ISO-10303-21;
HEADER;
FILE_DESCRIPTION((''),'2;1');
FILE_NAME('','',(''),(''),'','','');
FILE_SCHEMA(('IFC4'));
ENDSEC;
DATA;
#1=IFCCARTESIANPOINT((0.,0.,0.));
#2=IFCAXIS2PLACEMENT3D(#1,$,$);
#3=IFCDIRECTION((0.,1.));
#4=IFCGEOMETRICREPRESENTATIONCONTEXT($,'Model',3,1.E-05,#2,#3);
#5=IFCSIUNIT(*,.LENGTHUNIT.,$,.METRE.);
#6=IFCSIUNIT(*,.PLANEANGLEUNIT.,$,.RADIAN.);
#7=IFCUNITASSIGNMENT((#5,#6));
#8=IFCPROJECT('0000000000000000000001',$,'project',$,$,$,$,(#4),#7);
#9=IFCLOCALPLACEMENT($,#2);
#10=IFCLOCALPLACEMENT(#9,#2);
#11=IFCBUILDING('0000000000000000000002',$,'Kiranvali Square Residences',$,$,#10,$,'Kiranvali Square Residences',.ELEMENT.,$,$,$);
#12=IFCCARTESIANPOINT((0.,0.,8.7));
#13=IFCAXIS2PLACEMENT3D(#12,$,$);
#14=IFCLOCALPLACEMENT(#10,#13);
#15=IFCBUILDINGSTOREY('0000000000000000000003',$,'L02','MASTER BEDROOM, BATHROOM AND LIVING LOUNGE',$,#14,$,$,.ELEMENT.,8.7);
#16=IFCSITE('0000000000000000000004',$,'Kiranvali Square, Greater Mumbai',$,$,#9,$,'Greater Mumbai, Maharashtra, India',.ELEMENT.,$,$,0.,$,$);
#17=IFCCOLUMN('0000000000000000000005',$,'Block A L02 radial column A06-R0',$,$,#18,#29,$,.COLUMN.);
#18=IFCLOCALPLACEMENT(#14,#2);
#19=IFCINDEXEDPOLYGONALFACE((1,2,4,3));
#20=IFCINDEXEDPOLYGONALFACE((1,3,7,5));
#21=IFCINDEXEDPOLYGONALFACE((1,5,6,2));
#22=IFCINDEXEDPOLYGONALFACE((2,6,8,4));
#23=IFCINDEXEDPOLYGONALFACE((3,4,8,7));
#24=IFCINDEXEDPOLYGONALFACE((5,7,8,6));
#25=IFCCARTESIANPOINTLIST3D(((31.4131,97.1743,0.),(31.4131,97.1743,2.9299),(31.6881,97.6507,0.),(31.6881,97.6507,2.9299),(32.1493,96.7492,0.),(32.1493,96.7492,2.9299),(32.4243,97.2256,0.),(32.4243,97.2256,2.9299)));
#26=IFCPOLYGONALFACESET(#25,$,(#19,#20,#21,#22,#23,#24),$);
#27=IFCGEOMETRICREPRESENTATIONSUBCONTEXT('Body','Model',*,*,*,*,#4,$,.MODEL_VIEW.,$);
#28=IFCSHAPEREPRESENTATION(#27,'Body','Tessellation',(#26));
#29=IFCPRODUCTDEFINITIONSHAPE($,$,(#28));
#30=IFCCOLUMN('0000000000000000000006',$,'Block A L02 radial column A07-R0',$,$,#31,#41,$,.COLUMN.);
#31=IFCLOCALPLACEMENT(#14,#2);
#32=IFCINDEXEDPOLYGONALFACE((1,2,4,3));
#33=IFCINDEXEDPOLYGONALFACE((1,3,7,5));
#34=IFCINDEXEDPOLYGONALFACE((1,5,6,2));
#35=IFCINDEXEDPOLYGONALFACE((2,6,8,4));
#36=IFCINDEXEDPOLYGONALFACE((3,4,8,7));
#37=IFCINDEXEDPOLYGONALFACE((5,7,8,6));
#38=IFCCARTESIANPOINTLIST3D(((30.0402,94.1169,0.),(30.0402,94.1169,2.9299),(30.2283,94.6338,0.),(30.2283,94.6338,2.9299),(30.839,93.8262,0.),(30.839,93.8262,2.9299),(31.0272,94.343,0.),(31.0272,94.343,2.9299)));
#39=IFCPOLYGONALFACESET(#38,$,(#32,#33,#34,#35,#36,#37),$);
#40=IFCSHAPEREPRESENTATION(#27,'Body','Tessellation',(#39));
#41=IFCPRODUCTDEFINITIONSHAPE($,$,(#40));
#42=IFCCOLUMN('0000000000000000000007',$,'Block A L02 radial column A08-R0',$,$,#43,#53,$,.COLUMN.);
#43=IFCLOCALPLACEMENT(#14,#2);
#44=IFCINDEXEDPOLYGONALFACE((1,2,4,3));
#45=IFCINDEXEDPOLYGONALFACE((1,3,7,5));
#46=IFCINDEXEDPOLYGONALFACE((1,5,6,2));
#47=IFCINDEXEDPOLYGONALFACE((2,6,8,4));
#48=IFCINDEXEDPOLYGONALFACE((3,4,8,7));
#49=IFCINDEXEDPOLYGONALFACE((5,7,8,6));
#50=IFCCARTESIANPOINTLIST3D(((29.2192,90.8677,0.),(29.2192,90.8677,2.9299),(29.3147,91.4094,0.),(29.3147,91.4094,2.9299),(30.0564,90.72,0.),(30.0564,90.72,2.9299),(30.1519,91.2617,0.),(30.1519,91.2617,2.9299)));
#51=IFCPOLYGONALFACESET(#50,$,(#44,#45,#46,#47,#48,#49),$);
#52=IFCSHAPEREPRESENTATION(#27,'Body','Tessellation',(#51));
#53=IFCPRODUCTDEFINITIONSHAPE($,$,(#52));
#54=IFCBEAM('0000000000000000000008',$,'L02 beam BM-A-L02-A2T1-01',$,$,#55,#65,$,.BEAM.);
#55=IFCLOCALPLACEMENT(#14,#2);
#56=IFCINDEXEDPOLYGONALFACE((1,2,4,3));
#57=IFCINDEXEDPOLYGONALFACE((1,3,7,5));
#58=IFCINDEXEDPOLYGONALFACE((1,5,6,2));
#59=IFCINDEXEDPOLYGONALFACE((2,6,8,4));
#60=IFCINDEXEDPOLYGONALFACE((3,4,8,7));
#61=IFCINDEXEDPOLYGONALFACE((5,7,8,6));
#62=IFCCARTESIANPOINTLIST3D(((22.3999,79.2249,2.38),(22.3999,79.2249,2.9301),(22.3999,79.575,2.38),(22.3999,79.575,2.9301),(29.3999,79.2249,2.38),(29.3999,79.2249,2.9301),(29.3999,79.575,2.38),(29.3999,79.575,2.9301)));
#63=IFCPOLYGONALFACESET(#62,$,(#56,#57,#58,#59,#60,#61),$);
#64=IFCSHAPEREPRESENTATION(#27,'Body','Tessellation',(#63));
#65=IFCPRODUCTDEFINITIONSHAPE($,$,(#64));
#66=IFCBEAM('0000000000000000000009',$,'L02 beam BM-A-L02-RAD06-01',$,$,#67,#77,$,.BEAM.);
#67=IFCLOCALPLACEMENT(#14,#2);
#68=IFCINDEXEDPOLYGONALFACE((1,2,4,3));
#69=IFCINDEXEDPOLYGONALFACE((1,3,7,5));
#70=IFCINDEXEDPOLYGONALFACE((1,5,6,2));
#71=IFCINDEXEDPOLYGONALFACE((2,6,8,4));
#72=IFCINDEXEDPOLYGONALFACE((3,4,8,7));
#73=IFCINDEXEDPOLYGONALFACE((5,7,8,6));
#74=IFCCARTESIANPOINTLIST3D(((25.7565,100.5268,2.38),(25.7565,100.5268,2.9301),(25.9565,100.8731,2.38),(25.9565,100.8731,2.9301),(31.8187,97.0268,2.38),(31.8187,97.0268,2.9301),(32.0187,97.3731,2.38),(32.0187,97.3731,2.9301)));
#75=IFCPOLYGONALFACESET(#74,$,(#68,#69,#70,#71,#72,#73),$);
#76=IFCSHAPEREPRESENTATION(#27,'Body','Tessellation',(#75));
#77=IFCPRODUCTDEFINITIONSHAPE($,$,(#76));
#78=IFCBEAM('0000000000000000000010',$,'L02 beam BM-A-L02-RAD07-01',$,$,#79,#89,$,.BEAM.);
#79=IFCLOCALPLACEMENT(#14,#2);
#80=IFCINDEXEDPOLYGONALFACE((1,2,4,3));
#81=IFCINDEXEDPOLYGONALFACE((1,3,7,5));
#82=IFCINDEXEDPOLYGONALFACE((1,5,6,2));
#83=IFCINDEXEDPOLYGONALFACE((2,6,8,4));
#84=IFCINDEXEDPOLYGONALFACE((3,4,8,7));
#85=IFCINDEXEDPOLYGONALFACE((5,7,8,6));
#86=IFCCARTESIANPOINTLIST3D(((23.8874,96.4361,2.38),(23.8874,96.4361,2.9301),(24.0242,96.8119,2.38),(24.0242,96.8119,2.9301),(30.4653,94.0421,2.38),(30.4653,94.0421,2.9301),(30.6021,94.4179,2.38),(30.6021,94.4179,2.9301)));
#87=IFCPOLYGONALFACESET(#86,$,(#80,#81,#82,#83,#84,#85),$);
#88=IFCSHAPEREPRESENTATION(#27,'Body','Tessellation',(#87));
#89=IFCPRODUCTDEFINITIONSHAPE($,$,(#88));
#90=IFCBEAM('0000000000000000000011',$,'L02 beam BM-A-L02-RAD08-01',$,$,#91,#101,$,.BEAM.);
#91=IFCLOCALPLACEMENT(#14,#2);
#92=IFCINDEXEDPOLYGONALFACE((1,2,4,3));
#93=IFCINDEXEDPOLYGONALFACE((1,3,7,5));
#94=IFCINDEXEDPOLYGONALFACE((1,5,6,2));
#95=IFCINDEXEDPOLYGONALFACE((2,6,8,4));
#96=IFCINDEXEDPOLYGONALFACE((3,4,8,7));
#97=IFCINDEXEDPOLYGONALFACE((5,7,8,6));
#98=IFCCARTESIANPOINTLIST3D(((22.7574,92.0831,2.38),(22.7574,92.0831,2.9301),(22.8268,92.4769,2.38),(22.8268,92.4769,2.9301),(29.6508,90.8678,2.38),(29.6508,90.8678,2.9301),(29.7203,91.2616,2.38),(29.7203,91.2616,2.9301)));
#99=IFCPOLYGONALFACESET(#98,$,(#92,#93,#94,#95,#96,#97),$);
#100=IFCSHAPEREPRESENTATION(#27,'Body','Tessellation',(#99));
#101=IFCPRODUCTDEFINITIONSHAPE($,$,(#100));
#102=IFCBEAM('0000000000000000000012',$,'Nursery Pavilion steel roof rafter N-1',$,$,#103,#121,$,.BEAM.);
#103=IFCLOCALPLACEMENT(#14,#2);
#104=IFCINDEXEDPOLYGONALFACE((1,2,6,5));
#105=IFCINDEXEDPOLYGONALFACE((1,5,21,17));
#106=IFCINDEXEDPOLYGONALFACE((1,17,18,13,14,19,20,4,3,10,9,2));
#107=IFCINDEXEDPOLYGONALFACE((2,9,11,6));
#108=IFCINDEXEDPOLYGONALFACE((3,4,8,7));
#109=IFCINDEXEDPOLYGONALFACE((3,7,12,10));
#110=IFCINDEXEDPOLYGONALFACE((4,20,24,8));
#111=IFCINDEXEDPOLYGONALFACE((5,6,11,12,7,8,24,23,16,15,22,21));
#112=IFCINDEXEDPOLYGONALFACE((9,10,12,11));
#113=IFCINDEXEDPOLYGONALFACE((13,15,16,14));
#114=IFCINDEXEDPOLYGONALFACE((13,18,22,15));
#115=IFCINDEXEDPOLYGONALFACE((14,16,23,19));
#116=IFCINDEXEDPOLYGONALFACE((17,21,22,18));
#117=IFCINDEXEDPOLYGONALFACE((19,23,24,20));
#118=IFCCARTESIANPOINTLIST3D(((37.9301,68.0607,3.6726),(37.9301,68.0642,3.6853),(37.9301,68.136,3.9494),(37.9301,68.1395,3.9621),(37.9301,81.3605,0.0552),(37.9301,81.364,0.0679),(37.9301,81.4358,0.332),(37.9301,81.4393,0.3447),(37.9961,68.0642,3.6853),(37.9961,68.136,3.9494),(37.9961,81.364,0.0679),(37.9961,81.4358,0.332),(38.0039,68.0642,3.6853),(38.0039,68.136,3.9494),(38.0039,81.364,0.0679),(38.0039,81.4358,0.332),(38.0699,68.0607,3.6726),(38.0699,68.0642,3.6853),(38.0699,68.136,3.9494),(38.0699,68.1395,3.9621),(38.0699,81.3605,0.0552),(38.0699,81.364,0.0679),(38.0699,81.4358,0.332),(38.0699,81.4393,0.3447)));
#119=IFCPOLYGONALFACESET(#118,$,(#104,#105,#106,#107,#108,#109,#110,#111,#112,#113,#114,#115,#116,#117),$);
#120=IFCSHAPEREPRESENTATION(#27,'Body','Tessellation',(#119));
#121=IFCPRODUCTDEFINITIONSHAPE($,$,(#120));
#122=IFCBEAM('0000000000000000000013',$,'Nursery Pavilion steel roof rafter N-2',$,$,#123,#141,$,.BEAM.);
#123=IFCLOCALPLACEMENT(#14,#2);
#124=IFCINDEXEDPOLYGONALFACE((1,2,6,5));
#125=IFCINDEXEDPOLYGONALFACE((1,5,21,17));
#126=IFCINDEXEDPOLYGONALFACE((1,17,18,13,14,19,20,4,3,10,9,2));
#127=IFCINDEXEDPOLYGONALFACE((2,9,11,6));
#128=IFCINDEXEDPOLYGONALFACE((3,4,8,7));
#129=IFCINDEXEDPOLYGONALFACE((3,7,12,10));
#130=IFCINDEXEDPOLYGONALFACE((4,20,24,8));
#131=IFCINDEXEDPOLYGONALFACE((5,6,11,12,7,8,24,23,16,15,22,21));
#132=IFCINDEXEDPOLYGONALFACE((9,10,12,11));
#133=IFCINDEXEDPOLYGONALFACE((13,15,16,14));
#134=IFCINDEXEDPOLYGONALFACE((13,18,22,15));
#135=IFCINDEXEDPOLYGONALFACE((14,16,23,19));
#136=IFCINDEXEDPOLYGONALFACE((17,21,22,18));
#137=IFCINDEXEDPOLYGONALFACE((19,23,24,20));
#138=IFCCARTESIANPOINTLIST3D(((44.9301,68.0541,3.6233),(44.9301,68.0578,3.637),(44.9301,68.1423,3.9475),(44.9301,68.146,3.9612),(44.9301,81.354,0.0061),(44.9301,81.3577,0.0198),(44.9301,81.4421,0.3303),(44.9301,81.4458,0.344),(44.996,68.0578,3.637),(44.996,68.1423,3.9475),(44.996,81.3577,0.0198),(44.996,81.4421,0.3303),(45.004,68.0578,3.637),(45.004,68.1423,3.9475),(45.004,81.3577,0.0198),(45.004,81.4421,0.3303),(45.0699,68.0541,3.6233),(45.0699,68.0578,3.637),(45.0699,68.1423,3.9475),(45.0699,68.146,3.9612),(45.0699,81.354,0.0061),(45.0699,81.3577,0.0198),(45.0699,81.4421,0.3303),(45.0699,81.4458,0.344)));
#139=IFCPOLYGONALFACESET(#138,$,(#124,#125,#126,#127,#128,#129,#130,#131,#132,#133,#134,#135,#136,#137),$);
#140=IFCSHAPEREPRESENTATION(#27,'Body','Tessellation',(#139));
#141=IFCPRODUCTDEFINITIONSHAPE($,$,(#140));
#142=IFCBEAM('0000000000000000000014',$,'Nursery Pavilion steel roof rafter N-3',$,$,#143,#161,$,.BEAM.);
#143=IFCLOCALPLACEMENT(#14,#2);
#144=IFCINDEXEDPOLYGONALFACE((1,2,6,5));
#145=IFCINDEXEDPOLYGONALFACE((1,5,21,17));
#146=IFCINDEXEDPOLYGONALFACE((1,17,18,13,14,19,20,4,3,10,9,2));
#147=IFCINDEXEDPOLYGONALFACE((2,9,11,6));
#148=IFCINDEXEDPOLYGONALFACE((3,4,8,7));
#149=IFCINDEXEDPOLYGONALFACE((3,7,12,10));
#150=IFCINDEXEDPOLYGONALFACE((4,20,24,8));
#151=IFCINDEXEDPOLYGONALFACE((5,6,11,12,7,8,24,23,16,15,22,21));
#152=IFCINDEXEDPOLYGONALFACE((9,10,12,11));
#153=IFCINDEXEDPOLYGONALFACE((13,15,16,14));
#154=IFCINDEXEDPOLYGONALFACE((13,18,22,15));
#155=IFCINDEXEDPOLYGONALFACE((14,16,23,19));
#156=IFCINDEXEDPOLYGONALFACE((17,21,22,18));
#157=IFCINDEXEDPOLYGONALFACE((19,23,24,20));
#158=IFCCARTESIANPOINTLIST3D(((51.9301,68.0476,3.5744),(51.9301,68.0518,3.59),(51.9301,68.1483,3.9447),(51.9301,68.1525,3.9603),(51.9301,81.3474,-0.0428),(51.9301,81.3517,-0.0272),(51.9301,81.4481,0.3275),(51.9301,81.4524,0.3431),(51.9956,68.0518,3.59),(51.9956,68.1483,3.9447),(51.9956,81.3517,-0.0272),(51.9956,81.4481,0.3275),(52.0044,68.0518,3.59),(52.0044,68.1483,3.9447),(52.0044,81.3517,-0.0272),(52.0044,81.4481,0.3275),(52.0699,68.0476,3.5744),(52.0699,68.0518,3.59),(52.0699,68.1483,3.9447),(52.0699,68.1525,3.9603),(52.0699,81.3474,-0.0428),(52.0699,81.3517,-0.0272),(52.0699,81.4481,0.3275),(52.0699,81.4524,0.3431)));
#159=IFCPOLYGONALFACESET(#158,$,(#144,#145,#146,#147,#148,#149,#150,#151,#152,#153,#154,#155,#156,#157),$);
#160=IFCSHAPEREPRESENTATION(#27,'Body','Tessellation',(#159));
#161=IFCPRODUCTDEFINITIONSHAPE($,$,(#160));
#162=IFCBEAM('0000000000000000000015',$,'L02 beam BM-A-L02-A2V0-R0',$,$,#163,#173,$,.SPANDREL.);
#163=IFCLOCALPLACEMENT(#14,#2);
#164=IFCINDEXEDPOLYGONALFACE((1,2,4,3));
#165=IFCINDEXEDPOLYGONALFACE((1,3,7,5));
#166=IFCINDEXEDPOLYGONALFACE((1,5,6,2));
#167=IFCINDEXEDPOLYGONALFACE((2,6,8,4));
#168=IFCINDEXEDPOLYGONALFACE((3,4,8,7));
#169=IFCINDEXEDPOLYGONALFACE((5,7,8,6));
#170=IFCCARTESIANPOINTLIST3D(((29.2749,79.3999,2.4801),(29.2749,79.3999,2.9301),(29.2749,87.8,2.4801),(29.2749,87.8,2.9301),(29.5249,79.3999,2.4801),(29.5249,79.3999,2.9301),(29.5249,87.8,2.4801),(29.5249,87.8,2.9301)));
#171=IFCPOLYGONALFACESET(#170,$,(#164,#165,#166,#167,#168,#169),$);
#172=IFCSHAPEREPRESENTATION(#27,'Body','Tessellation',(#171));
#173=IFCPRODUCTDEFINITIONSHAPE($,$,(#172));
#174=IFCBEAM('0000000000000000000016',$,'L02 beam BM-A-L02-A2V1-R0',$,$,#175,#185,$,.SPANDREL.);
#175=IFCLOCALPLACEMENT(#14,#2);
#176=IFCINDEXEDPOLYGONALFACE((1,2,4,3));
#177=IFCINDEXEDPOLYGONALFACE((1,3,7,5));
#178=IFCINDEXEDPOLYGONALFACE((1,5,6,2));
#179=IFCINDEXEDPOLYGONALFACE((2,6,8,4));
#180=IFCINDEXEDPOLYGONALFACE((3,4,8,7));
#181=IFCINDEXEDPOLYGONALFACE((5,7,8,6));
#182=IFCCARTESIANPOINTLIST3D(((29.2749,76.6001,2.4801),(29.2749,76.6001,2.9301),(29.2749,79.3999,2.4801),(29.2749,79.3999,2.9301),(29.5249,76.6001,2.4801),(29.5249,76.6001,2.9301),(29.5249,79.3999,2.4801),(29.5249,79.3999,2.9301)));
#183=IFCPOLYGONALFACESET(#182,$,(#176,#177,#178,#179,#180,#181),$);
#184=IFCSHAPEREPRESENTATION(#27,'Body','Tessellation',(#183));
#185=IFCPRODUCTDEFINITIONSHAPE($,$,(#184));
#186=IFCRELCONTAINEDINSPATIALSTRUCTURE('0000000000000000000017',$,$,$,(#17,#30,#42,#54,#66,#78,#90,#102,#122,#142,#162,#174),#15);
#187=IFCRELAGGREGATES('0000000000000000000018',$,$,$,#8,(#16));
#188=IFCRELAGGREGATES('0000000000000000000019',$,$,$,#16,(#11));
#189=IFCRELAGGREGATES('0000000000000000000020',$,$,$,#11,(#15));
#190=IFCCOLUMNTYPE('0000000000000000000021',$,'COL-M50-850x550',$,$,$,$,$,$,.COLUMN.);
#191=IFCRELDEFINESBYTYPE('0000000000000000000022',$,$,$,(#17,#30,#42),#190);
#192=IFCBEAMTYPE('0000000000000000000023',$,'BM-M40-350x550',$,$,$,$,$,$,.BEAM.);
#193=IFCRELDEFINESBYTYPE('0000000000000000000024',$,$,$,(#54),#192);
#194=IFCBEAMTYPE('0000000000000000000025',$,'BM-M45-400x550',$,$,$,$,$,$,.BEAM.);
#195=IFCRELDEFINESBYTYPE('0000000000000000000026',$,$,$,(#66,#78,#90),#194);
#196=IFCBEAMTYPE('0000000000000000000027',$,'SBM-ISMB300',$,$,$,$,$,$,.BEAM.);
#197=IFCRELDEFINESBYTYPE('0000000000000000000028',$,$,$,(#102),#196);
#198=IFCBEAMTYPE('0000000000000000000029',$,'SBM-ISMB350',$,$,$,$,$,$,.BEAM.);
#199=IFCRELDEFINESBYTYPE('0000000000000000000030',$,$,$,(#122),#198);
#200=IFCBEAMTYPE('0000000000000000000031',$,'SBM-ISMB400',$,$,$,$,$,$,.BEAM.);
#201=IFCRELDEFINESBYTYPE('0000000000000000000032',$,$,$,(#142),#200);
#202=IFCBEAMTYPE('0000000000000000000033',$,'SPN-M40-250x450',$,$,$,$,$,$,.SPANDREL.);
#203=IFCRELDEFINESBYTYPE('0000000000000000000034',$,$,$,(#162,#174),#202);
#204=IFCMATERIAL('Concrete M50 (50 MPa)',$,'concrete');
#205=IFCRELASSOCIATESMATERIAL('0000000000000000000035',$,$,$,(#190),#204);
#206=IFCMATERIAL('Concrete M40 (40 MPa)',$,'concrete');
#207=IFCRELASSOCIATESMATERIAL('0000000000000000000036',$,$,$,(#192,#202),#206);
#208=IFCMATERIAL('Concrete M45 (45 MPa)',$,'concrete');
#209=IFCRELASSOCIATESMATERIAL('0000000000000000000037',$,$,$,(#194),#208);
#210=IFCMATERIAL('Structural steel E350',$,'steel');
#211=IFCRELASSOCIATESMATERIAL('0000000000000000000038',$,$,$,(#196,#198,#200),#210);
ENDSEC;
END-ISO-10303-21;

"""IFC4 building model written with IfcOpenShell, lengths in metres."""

from ifc_helpers import new_model, si_unit, direction, frame, origin, origin_2d, place, context, subcontext, project, spatial, rectangle, i_section, extrude, material, material_profile, profile_set, type_object, element, save


model = new_model("IFC4")

# Units and contexts
model_context = context("Model", 3, precision=1e-05, world=origin(), true_north=direction((0.0, 1.0)))
body_context = subcontext(model_context, "Body", "Model", "MODEL_VIEW")
ifc_project = project(units=[si_unit("LENGTHUNIT", "METRE"), si_unit("PLANEANGLEUNIT", "RADIAN")], contexts=[model_context])

# Site, building, storey
site_placement = place(None, origin())
site = spatial("IfcSite", under=ifc_project, at=site_placement, Name="Kiranvali Square, Greater Mumbai", LongName="Greater Mumbai, Maharashtra, India", CompositionType="ELEMENT", RefElevation=0.0)
building_placement = place(site_placement, origin())
building = spatial("IfcBuilding", under=site, at=building_placement, Name="Kiranvali Square Residences", LongName="Kiranvali Square Residences", CompositionType="ELEMENT")
storey_placement = place(building_placement, frame((0.0, 0.0, 8.7)))
storey = spatial("IfcBuildingStorey", under=building, at=storey_placement, Name="L02", Description="MASTER BEDROOM, BATHROOM AND LIVING LOUNGE", CompositionType="ELEMENT", Elevation=8.7)

# Columns
ifc_material_1 = material(Name="Concrete M50 (50 MPa)", Category="concrete")
ifc_material_profile_1 = material_profile(ifc_material_1, rectangle(XDim=0.55, YDim=0.8501, at=origin_2d()), Name="RC 850x550")
ifc_profile_set_1 = profile_set([ifc_material_profile_1], Name="Concrete M50 (50 MPa)")
column_type = type_object("IfcColumnType", Name="COL-M50-850x550", PredefinedType="COLUMN", material=ifc_profile_set_1)
for number, where, z_axis, x_axis, name in (
    (1, (31.9187, 97.2, 0.0), (0.0, 0.0, 1.0), (0.5, 0.866025, 0.0), "Block A L02 radial column A06-R0"),
    (2, (30.5337, 94.23, 0.0), (0.0, 0.0, 1.0), (0.34202, 0.939693, 0.0), "Block A L02 radial column A07-R0"),
    (3, (29.6855, 91.0647, 0.0), (0.0, 0.0, 1.0), (0.173648, 0.984808, 0.0), "Block A L02 radial column A08-R0"),
):
    element("IfcColumn", number, at=place(storey_placement, frame(where, z_axis=z_axis, x_axis=x_axis)), inside=storey, type_object=column_type, Name=name, PredefinedType="COLUMN", context=body_context, shape_type="SweptSolid", body=[
        extrude(rectangle(XDim=0.55, YDim=0.8501, at=origin_2d()), origin(), (0.0, 0.0, 1.0), 2.9299),
    ])

# Beams
ifc_material_2 = material(Name="Concrete M40 (40 MPa)", Category="concrete")
ifc_material_profile_2 = material_profile(ifc_material_2, rectangle(XDim=0.3501, YDim=0.55, at=origin_2d()), Name="RC 350x550")
ifc_profile_set_2 = profile_set([ifc_material_profile_2], Name="Concrete M40 (40 MPa)")
beam_type_1 = type_object("IfcBeamType", Name="BM-M40-350x550", PredefinedType="BEAM", material=ifc_profile_set_2)
beam_1_placement = place(storey_placement, frame((29.3999, 79.3999, 2.655), z_axis=(-1.0, 0.0, 0.0), x_axis=(0.0, -1.0, 0.0)))
element("IfcBeam", 4, at=beam_1_placement, inside=storey, type_object=beam_type_1, Name="L02 beam BM-A-L02-A2T1-01", PredefinedType="BEAM", context=body_context, shape_type="SweptSolid", body=[
    extrude(rectangle(XDim=0.3501, YDim=0.55, at=origin_2d()), origin(), (0.0, 0.0, 1.0), 7.0),
])
ifc_material_3 = material(Name="Concrete M45 (45 MPa)", Category="concrete")
ifc_material_profile_3 = material_profile(ifc_material_3, rectangle(XDim=0.3999, YDim=0.55, at=origin_2d()), Name="RC 400x550")
ifc_profile_set_3 = profile_set([ifc_material_profile_3], Name="Concrete M45 (45 MPa)")
beam_type_2 = type_object("IfcBeamType", Name="BM-M45-400x550", PredefinedType="BEAM", material=ifc_profile_set_3)
for number, where, z_axis, x_axis, name in (
    (5, (31.9187, 97.2, 2.655), (-0.866028, 0.499995, 0.0), (-0.499995, -0.866028, 0.0), "L02 beam BM-A-L02-RAD06-01"),
    (6, (30.5337, 94.23, 2.655), (-0.939698, 0.342006, 0.0), (-0.342006, -0.939698, 0.0), "L02 beam BM-A-L02-RAD07-01"),
):
    element("IfcBeam", number, at=place(storey_placement, frame(where, z_axis=z_axis, x_axis=x_axis)), inside=storey, type_object=beam_type_2, Name=name, PredefinedType="BEAM", context=body_context, shape_type="SweptSolid", body=[
        extrude(rectangle(XDim=0.3999, YDim=0.55, at=origin_2d()), origin(), (0.0, 0.0, 1.0), 7.0),
    ])
beam_2_placement = place(storey_placement, frame((29.6855, 91.0647, 2.655), z_axis=(-0.984812, 0.173622, 0.0), x_axis=(-0.173622, -0.984812, 0.0)))
element("IfcBeam", 7, at=beam_2_placement, inside=storey, type_object=beam_type_2, Name="L02 beam BM-A-L02-RAD08-01", PredefinedType="BEAM", context=body_context, shape_type="SweptSolid", body=[
    extrude(rectangle(XDim=0.3999, YDim=0.55, at=origin_2d()), origin(), (0.0, 0.0, 1.0), 6.9998),
])
ifc_material_4 = material(Name="Structural steel E350", Category="steel")
ifc_material_profile_4 = material_profile(ifc_material_4, i_section(OverallWidth=0.1399, OverallDepth=0.3, WebThickness=0.0078, FlangeThickness=0.0132, at=origin_2d()), Name="ISMB 300")
ifc_profile_set_4 = profile_set([ifc_material_profile_4], Name="Structural steel E350")
beam_type_3 = type_object("IfcBeamType", Name="SBM-ISMB300", PredefinedType="BEAM", material=ifc_profile_set_4)
beam_3_placement = place(storey_placement, frame((38.0, 81.3999, 0.2), z_axis=(0.0, -0.964944, 0.262456), x_axis=(1.0, 0.0, 0.0)))
element("IfcBeam", 8, at=beam_3_placement, inside=storey, type_object=beam_type_3, Name="Nursery Pavilion steel roof rafter N-1", PredefinedType="BEAM", context=body_context, shape_type="SweptSolid", body=[
    extrude(i_section(OverallWidth=0.1399, OverallDepth=0.3, WebThickness=0.0078, FlangeThickness=0.0132, at=origin_2d()), origin(), (0.0, 0.0, 1.0), 13.783),
])
ifc_material_profile_5 = material_profile(ifc_material_4, i_section(OverallWidth=0.1399, OverallDepth=0.3501, WebThickness=0.0081, FlangeThickness=0.0142, at=origin_2d()), Name="ISMB 350")
ifc_profile_set_5 = profile_set([ifc_material_profile_5], Name="Structural steel E350")
beam_type_4 = type_object("IfcBeamType", Name="SBM-ISMB350", PredefinedType="BEAM", material=ifc_profile_set_5)
beam_4_placement = place(storey_placement, frame((45.0, 81.3999, 0.175), z_axis=(0.0, -0.964948, 0.26244), x_axis=(1.0, 0.0, 0.0)))
element("IfcBeam", 9, at=beam_4_placement, inside=storey, type_object=beam_type_4, Name="Nursery Pavilion steel roof rafter N-2", PredefinedType="BEAM", context=body_context, shape_type="SweptSolid", body=[
    extrude(i_section(OverallWidth=0.1399, OverallDepth=0.3501, WebThickness=0.0081, FlangeThickness=0.0142, at=origin_2d()), origin(), (0.0, 0.0, 1.0), 13.783),
])
ifc_material_profile_6 = material_profile(ifc_material_4, i_section(OverallWidth=0.1399, OverallDepth=0.3999, WebThickness=0.0088, FlangeThickness=0.0161, at=origin_2d()), Name="ISMB 400")
ifc_profile_set_6 = profile_set([ifc_material_profile_6], Name="Structural steel E350")
beam_type_5 = type_object("IfcBeamType", Name="SBM-ISMB400", PredefinedType="BEAM", material=ifc_profile_set_6)
beam_5_placement = place(storey_placement, frame((52.0, 81.3999, 0.1501), z_axis=(0.0, -0.964948, 0.26244), x_axis=(1.0, 0.0, 0.0)))
element("IfcBeam", 10, at=beam_5_placement, inside=storey, type_object=beam_type_5, Name="Nursery Pavilion steel roof rafter N-3", PredefinedType="BEAM", context=body_context, shape_type="SweptSolid", body=[
    extrude(i_section(OverallWidth=0.1399, OverallDepth=0.3999, WebThickness=0.0088, FlangeThickness=0.0161, at=origin_2d()), origin(), (0.0, 0.0, 1.0), 13.783),
])
ifc_material_profile_7 = material_profile(ifc_material_2, rectangle(XDim=0.25, YDim=0.45, at=origin_2d()), Name="RC 250x450")
ifc_profile_set_7 = profile_set([ifc_material_profile_7], Name="Concrete M40 (40 MPa)")
beam_type_6 = type_object("IfcBeamType", Name="SPN-M40-250x450", PredefinedType="SPANDREL", material=ifc_profile_set_7)
beam_6_placement = place(storey_placement, frame((29.3999, 87.8, 2.7051), z_axis=(0.0, -1.0, 0.0), x_axis=(1.0, 0.0, 0.0)))
element("IfcBeam", 11, at=beam_6_placement, inside=storey, type_object=beam_type_6, Name="L02 beam BM-A-L02-A2V0-R0", PredefinedType="SPANDREL", context=body_context, shape_type="SweptSolid", body=[
    extrude(rectangle(XDim=0.25, YDim=0.45, at=origin_2d()), origin(), (0.0, 0.0, 1.0), 8.4001),
])
beam_7_placement = place(storey_placement, frame((29.3999, 79.3999, 2.7051), z_axis=(0.0, -1.0, 0.0), x_axis=(1.0, 0.0, 0.0)))
element("IfcBeam", 12, at=beam_7_placement, inside=storey, type_object=beam_type_6, Name="L02 beam BM-A-L02-A2V1-R0", PredefinedType="SPANDREL", context=body_context, shape_type="SweptSolid", body=[
    extrude(rectangle(XDim=0.25, YDim=0.45, at=origin_2d()), origin(), (0.0, 0.0, 1.0), 2.7998),
])

save(model, "model.ifc")
